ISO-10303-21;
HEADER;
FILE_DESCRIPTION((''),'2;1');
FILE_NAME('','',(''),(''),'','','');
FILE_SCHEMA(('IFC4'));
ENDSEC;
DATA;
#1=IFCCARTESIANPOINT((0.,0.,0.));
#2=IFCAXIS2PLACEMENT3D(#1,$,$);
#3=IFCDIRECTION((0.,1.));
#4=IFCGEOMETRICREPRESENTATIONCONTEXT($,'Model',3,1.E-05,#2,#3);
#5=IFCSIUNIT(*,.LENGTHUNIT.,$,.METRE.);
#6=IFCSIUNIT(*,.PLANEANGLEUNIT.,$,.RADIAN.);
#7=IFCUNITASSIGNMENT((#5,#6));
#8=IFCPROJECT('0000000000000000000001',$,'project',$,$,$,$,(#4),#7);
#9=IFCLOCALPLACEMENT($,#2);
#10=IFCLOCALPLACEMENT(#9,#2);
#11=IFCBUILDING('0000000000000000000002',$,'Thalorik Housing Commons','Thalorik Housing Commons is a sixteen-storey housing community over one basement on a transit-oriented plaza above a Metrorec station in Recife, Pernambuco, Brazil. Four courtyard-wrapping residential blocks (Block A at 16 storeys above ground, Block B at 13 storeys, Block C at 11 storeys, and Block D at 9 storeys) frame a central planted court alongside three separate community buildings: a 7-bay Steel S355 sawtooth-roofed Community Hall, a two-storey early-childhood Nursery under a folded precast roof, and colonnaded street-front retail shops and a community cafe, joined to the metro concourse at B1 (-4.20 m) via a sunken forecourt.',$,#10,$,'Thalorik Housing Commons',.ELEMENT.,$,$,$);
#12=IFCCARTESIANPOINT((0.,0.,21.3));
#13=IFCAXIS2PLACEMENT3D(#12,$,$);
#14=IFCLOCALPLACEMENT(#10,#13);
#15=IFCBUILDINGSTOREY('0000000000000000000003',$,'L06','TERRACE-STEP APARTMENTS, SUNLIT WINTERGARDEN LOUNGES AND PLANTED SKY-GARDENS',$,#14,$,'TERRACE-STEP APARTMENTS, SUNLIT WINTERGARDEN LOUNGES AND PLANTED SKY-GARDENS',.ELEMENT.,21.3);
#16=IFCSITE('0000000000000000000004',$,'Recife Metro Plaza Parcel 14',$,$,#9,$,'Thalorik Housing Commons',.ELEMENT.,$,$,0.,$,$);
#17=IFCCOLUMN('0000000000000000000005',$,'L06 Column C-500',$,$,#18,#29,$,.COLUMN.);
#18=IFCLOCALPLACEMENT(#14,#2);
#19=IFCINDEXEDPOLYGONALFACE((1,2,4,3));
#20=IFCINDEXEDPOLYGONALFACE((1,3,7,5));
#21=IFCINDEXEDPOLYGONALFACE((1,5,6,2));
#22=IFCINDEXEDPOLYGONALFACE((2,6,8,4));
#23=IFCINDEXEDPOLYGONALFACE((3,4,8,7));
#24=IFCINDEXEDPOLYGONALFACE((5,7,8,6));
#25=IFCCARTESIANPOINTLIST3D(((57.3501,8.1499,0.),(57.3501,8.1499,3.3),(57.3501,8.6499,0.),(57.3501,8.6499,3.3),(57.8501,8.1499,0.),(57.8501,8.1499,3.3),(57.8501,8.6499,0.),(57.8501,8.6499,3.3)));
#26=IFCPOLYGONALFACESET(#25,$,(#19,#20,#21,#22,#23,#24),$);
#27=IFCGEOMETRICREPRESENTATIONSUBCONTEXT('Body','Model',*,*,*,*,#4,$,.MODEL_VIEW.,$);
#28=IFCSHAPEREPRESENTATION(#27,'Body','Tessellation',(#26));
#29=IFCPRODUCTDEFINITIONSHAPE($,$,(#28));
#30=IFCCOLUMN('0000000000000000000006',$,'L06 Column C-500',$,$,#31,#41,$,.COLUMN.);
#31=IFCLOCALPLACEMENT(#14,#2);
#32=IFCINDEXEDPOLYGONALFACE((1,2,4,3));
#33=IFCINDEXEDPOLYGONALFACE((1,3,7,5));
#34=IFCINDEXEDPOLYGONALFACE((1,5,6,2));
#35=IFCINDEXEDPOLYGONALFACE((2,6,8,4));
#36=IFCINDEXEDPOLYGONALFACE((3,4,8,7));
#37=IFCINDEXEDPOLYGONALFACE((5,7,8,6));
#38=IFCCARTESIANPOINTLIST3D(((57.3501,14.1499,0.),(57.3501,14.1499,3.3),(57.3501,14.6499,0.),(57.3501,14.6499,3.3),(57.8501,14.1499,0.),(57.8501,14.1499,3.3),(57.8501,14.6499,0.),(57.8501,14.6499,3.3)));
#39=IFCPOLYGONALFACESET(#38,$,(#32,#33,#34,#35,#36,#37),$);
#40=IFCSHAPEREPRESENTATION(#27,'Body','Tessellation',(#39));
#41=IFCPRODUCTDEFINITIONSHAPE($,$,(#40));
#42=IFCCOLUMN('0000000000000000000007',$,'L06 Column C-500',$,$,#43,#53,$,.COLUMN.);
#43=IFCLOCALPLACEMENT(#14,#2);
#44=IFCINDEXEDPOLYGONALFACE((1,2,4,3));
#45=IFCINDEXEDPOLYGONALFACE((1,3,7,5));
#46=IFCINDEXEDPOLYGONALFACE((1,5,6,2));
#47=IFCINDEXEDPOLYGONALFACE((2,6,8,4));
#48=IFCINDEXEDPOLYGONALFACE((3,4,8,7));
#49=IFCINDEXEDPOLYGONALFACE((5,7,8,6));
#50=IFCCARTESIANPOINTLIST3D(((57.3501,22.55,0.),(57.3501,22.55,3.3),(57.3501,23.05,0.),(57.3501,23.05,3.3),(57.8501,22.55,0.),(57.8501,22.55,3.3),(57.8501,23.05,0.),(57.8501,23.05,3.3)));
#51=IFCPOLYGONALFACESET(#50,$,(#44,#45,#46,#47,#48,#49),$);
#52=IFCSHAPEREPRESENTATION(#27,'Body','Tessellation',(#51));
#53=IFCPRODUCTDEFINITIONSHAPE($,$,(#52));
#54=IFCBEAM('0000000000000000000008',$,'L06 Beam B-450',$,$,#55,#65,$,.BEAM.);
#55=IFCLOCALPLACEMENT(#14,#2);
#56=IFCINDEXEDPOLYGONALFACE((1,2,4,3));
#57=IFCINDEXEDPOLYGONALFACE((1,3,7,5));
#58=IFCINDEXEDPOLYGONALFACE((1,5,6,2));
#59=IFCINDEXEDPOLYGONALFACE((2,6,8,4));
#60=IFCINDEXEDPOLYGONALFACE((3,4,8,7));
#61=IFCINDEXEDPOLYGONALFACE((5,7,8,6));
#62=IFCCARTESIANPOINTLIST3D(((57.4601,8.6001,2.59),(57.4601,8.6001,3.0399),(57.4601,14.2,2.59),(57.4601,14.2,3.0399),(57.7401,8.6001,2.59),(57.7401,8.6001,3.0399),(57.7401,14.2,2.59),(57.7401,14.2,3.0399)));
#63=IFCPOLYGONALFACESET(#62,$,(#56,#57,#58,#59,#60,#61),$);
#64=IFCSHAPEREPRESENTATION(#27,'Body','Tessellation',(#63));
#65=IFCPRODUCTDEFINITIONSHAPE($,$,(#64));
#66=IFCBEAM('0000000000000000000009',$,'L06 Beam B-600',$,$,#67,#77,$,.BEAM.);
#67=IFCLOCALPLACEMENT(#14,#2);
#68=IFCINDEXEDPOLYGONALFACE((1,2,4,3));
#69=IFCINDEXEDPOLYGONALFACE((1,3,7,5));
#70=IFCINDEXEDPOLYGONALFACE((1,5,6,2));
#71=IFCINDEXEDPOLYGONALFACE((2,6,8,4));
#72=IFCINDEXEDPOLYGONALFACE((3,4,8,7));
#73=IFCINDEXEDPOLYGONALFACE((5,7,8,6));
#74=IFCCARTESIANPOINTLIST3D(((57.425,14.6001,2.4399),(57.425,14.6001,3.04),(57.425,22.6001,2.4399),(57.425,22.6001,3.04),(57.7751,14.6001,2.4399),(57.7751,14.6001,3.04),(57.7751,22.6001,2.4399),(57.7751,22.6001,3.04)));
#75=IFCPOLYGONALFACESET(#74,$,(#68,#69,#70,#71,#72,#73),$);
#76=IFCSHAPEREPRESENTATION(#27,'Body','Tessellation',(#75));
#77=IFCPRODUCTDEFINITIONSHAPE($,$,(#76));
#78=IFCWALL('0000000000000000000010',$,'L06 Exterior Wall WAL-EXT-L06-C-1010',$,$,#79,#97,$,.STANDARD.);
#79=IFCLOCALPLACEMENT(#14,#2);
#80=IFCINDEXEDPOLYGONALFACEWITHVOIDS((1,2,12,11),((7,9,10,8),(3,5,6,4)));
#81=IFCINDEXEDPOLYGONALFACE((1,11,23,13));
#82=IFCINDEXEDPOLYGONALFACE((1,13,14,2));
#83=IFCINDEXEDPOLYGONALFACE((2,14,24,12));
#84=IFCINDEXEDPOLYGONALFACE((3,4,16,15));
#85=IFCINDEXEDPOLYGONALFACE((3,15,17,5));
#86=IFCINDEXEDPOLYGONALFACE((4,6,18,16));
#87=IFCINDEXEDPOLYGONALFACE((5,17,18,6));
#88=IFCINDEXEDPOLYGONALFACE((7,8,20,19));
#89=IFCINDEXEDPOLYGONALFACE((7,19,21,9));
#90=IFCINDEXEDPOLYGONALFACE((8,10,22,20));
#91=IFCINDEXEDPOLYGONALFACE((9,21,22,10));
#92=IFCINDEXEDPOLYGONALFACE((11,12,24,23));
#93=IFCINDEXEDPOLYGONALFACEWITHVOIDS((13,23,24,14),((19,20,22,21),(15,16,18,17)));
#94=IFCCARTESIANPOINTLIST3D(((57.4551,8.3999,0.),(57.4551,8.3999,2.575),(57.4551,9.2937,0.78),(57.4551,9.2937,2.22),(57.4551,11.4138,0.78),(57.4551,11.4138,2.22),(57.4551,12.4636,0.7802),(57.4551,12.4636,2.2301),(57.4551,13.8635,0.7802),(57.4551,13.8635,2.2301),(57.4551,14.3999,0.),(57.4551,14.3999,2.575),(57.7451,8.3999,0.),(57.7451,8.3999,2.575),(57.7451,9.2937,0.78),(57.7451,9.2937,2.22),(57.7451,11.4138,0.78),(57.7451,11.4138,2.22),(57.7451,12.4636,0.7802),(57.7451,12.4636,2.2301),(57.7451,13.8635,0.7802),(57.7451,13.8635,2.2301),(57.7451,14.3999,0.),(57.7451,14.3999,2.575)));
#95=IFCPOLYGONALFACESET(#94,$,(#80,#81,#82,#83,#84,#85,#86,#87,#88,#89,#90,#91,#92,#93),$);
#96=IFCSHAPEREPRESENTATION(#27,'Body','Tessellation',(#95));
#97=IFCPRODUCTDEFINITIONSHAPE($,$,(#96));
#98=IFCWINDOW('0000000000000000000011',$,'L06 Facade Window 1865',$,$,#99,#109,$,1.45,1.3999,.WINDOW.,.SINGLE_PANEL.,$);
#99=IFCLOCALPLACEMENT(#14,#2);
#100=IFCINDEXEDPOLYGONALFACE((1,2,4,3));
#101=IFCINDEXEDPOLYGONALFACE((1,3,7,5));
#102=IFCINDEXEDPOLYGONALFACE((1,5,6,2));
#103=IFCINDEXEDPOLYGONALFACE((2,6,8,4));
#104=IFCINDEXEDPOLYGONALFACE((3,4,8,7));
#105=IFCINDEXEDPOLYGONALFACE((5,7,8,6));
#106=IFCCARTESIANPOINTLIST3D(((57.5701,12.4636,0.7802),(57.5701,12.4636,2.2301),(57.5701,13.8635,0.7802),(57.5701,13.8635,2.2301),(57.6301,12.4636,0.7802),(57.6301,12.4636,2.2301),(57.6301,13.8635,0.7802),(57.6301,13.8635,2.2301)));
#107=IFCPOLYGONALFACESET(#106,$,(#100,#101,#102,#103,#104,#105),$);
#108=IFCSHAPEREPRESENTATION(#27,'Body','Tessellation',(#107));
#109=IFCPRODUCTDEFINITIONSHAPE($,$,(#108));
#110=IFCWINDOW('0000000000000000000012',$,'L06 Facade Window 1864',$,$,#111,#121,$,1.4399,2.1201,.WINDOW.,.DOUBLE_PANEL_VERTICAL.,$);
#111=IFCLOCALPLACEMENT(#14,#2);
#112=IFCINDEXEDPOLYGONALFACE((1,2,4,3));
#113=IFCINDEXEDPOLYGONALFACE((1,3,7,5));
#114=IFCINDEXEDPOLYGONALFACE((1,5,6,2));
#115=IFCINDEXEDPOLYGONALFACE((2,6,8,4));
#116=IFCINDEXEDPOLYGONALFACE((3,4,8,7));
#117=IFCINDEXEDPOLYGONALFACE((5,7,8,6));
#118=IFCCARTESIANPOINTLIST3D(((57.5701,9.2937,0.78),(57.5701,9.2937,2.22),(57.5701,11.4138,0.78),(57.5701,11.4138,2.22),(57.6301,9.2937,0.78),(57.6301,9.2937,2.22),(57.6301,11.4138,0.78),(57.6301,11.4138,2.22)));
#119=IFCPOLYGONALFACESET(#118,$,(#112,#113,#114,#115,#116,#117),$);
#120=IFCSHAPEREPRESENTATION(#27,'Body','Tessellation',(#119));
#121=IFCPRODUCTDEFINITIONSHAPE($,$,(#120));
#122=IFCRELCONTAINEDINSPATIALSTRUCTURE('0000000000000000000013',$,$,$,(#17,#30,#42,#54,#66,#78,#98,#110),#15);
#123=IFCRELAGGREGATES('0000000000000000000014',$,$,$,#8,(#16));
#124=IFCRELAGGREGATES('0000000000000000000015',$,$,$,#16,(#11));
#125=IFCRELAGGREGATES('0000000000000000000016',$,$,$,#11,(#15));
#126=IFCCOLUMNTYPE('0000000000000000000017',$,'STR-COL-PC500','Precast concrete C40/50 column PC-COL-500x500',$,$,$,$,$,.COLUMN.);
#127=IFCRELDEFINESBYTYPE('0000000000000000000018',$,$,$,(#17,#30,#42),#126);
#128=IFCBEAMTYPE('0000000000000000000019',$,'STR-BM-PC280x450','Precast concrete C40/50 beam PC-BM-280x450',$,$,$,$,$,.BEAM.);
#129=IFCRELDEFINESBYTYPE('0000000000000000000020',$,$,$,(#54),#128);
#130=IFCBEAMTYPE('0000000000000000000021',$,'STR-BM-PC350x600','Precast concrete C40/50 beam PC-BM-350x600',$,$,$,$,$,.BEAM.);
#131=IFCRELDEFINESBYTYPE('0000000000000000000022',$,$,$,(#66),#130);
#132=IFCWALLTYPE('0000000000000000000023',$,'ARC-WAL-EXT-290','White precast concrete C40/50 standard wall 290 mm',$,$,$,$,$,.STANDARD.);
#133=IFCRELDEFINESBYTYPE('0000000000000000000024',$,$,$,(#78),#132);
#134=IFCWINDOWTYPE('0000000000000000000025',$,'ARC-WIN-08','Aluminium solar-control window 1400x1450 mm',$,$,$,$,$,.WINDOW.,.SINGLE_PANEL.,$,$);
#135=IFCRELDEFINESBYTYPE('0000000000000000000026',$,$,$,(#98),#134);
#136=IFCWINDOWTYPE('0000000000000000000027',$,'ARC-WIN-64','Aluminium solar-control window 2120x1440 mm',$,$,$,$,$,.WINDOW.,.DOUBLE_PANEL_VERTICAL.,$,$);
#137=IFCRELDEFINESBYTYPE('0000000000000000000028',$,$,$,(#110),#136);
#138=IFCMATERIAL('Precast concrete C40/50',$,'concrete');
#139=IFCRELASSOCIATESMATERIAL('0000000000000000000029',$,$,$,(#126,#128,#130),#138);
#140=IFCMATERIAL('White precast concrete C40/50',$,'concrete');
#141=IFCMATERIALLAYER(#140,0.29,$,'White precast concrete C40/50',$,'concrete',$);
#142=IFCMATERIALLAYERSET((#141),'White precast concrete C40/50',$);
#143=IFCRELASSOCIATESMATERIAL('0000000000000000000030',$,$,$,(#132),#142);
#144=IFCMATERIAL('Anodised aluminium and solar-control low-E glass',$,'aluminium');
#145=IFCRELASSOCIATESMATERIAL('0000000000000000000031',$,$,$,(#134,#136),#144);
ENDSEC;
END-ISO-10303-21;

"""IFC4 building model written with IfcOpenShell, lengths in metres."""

from ifc_helpers import new_model, si_unit, direction, frame, frame_2d, origin, origin_2d, place, context, subcontext, project, spatial, rectangle, extrude, material, layer, layer_set, material_profile, profile_set, type_object, element, fill, save


model = new_model("IFC4")

# Units and contexts
model_context = context("Model", 3, precision=1e-05, world=origin(), true_north=direction((0.0, 1.0)))
body_context = subcontext(model_context, "Body", "Model", "MODEL_VIEW")
ifc_project = project(units=[si_unit("LENGTHUNIT", "METRE"), si_unit("PLANEANGLEUNIT", "RADIAN")], contexts=[model_context])

# Site, building, storey
site_placement = place(None, origin())
site = spatial("IfcSite", under=ifc_project, at=site_placement, Name="Recife Metro Plaza Parcel 14", LongName="Thalorik Housing Commons", CompositionType="ELEMENT", RefElevation=0.0)
building_placement = place(site_placement, origin())
building = spatial("IfcBuilding", under=site, at=building_placement, Name="Thalorik Housing Commons", Description="Thalorik Housing Commons is a sixteen-storey housing community over one basement on a transit-oriented plaza above a Metrorec station in Recife, Pernambuco, Brazil. Four courtyard-wrapping residential blocks (Block A at 16 storeys above ground, Block B at 13 storeys, Block C at 11 storeys, and Block D at 9 storeys) frame a central planted court alongside three separate community buildings: a 7-bay Steel S355 sawtooth-roofed Community Hall, a two-storey early-childhood Nursery under a folded precast roof, and colonnaded street-front retail shops and a community cafe, joined to the metro concourse at B1 (-4.20 m) via a sunken forecourt.", LongName="Thalorik Housing Commons", CompositionType="ELEMENT")
storey_placement = place(building_placement, frame((0.0, 0.0, 21.3)))
storey = spatial("IfcBuildingStorey", under=building, at=storey_placement, Name="L06", Description="TERRACE-STEP APARTMENTS, SUNLIT WINTERGARDEN LOUNGES AND PLANTED SKY-GARDENS", LongName="TERRACE-STEP APARTMENTS, SUNLIT WINTERGARDEN LOUNGES AND PLANTED SKY-GARDENS", CompositionType="ELEMENT", Elevation=21.3)

# Columns
ifc_material_1 = material(Name="Precast concrete C40/50", Category="concrete")
ifc_material_profile_1 = material_profile(ifc_material_1, rectangle(XDim=0.5, YDim=0.5, at=origin_2d()), Name="PC 500x500", Category="concrete")
ifc_profile_set_1 = profile_set([ifc_material_profile_1], Name="Precast concrete C40/50")
column_type = type_object("IfcColumnType", Name="STR-COL-PC500", Description="Precast concrete C40/50 column PC-COL-500x500", PredefinedType="COLUMN", material=ifc_profile_set_1)
for number, where, z_axis, x_axis, name in (
    (1, (57.6001, 8.3999, 0.0), (0.0, 0.0, 1.0), (1.0, 0.0, 0.0), "L06 Column C-500"),
    (2, (57.6001, 14.3999, 0.0), (0.0, 0.0, 1.0), (1.0, 0.0, 0.0), "L06 Column C-500"),
    (3, (57.6001, 22.8, 0.0), (0.0, 0.0, 1.0), (1.0, 0.0, 0.0), "L06 Column C-500"),
):
    element("IfcColumn", number, at=place(storey_placement, frame(where, z_axis=z_axis, x_axis=x_axis)), inside=storey, type_object=column_type, Name=name, PredefinedType="COLUMN", context=body_context, shape_type="SweptSolid", body=[
        extrude(rectangle(XDim=0.5, YDim=0.5, at=origin_2d()), origin(), (0.0, 0.0, 1.0), 3.3),
    ])

# Beams
ifc_material_profile_2 = material_profile(ifc_material_1, rectangle(XDim=0.28, YDim=0.45, at=origin_2d()), Name="PC 280x450", Category="concrete")
ifc_profile_set_2 = profile_set([ifc_material_profile_2], Name="Precast concrete C40/50")
beam_type_1 = type_object("IfcBeamType", Name="STR-BM-PC280x450", Description="Precast concrete C40/50 beam PC-BM-280x450", PredefinedType="BEAM", material=ifc_profile_set_2)
beam_1_placement = place(storey_placement, frame((57.6001, 8.6001, 2.8149), z_axis=(0.0, 1.0, 0.0), x_axis=(-1.0, 0.0, 0.0)))
element("IfcBeam", 4, at=beam_1_placement, inside=storey, type_object=beam_type_1, Name="L06 Beam B-450", PredefinedType="BEAM", context=body_context, shape_type="SweptSolid", body=[
    extrude(rectangle(XDim=0.28, YDim=0.45, at=origin_2d()), origin(), (0.0, 0.0, 1.0), 5.5999),
])
ifc_material_profile_3 = material_profile(ifc_material_1, rectangle(XDim=0.3501, YDim=0.6001, at=origin_2d()), Name="PC 350x600", Category="concrete")
ifc_profile_set_3 = profile_set([ifc_material_profile_3], Name="Precast concrete C40/50")
beam_type_2 = type_object("IfcBeamType", Name="STR-BM-PC350x600", Description="Precast concrete C40/50 beam PC-BM-350x600", PredefinedType="BEAM", material=ifc_profile_set_3)
beam_2_placement = place(storey_placement, frame((57.6001, 14.6001, 2.74), z_axis=(0.0, 1.0, 0.0), x_axis=(-1.0, 0.0, 0.0)))
element("IfcBeam", 5, at=beam_2_placement, inside=storey, type_object=beam_type_2, Name="L06 Beam B-600", PredefinedType="BEAM", context=body_context, shape_type="SweptSolid", body=[
    extrude(rectangle(XDim=0.3501, YDim=0.6001, at=origin_2d()), origin(), (0.0, 0.0, 1.0), 8.0),
])

# Wall, openings, windows
ifc_material_2 = material(Name="White precast concrete C40/50", Category="concrete")
ifc_layer_1 = layer(ifc_material_2, 0.29, Name="White precast concrete C40/50", Category="concrete")
ifc_layer_set_1 = layer_set([ifc_layer_1], Name="White precast concrete C40/50")
wall_type = type_object("IfcWallType", Name="ARC-WAL-EXT-290", Description="White precast concrete C40/50 standard wall 290 mm", PredefinedType="STANDARD", material=ifc_layer_set_1)
wall_1_placement = place(storey_placement, frame((57.6001, 8.3999, 0.0), z_axis=(0.0, 0.0, 1.0), x_axis=(0.0, 1.0, 0.0)))
wall_1 = element("IfcWall", 6, at=wall_1_placement, inside=storey, type_object=wall_type, Name="L06 Exterior Wall WAL-EXT-L06-C-1010", PredefinedType="STANDARD", context=body_context, shape_type="SweptSolid", body=[
    extrude(rectangle(XDim=6.0, YDim=0.29, at=frame_2d((3.0, 0.0))), origin(), (0.0, 0.0, 1.0), 2.575),
])
opening_1_placement = place(wall_1_placement, frame((0.8938, 0.0, 0.78)))
opening_1 = element("IfcOpeningElement", 7, at=opening_1_placement, cuts=wall_1, PredefinedType="OPENING", context=body_context, shape_type="SweptSolid", body=[
    extrude(rectangle(XDim=2.1201, YDim=1.4399, at=frame_2d((1.0601, 0.72))), frame((0.0, 0.155, 0.0), z_axis=(0.0, -1.0, 0.0), x_axis=(1.0, 0.0, 0.0)), (0.0, 0.0, 1.0), 0.3101),
])
opening_2_placement = place(wall_1_placement, frame((4.0637, 0.0, 0.78)))
opening_2 = element("IfcOpeningElement", 8, at=opening_2_placement, cuts=wall_1, PredefinedType="OPENING", context=body_context, shape_type="SweptSolid", body=[
    extrude(rectangle(XDim=1.3999, YDim=1.45, at=frame_2d((0.7, 0.7251))), frame((0.0, 0.155, 0.0), z_axis=(0.0, -1.0, 0.0), x_axis=(1.0, 0.0, 0.0)), (0.0, 0.0, 1.0), 0.3101),
])
ifc_material_3 = material(Name="Anodised aluminium and solar-control low-E glass", Category="aluminium")
window_type_1 = type_object("IfcWindowType", Name="ARC-WIN-08", Description="Aluminium solar-control window 1400x1450 mm", PartitioningType="SINGLE_PANEL", PredefinedType="WINDOW", material=ifc_material_3)
window_1_placement = place(opening_2_placement, origin())
window_1 = element("IfcWindow", 9, at=window_1_placement, inside=storey, type_object=window_type_1, Name="L06 Facade Window 1865", OverallHeight=1.45, OverallWidth=1.3999, PartitioningType="SINGLE_PANEL", PredefinedType="WINDOW", context=body_context, shape_type="SweptSolid", body=[
    extrude(rectangle(XDim=1.3999, YDim=1.45, at=frame_2d((0.7, 0.7251))), frame((0.0, 0.03, 0.0), z_axis=(0.0, -1.0, 0.0), x_axis=(1.0, 0.0, 0.0)), (0.0, 0.0, 1.0), 0.0601),
])
fill(opening_2, window_1)
window_type_2 = type_object("IfcWindowType", Name="ARC-WIN-64", Description="Aluminium solar-control window 2120x1440 mm", PartitioningType="DOUBLE_PANEL_VERTICAL", PredefinedType="WINDOW", material=ifc_material_3)
window_2_placement = place(opening_1_placement, origin())
window_2 = element("IfcWindow", 10, at=window_2_placement, inside=storey, type_object=window_type_2, Name="L06 Facade Window 1864", OverallHeight=1.4399, OverallWidth=2.1201, PartitioningType="DOUBLE_PANEL_VERTICAL", PredefinedType="WINDOW", context=body_context, shape_type="SweptSolid", body=[
    extrude(rectangle(XDim=2.1201, YDim=1.4399, at=frame_2d((1.0601, 0.72))), frame((0.0, 0.03, 0.0), z_axis=(0.0, -1.0, 0.0), x_axis=(1.0, 0.0, 0.0)), (0.0, 0.0, 1.0), 0.0601),
])
fill(opening_1, window_2)

save(model, "model.ifc")
